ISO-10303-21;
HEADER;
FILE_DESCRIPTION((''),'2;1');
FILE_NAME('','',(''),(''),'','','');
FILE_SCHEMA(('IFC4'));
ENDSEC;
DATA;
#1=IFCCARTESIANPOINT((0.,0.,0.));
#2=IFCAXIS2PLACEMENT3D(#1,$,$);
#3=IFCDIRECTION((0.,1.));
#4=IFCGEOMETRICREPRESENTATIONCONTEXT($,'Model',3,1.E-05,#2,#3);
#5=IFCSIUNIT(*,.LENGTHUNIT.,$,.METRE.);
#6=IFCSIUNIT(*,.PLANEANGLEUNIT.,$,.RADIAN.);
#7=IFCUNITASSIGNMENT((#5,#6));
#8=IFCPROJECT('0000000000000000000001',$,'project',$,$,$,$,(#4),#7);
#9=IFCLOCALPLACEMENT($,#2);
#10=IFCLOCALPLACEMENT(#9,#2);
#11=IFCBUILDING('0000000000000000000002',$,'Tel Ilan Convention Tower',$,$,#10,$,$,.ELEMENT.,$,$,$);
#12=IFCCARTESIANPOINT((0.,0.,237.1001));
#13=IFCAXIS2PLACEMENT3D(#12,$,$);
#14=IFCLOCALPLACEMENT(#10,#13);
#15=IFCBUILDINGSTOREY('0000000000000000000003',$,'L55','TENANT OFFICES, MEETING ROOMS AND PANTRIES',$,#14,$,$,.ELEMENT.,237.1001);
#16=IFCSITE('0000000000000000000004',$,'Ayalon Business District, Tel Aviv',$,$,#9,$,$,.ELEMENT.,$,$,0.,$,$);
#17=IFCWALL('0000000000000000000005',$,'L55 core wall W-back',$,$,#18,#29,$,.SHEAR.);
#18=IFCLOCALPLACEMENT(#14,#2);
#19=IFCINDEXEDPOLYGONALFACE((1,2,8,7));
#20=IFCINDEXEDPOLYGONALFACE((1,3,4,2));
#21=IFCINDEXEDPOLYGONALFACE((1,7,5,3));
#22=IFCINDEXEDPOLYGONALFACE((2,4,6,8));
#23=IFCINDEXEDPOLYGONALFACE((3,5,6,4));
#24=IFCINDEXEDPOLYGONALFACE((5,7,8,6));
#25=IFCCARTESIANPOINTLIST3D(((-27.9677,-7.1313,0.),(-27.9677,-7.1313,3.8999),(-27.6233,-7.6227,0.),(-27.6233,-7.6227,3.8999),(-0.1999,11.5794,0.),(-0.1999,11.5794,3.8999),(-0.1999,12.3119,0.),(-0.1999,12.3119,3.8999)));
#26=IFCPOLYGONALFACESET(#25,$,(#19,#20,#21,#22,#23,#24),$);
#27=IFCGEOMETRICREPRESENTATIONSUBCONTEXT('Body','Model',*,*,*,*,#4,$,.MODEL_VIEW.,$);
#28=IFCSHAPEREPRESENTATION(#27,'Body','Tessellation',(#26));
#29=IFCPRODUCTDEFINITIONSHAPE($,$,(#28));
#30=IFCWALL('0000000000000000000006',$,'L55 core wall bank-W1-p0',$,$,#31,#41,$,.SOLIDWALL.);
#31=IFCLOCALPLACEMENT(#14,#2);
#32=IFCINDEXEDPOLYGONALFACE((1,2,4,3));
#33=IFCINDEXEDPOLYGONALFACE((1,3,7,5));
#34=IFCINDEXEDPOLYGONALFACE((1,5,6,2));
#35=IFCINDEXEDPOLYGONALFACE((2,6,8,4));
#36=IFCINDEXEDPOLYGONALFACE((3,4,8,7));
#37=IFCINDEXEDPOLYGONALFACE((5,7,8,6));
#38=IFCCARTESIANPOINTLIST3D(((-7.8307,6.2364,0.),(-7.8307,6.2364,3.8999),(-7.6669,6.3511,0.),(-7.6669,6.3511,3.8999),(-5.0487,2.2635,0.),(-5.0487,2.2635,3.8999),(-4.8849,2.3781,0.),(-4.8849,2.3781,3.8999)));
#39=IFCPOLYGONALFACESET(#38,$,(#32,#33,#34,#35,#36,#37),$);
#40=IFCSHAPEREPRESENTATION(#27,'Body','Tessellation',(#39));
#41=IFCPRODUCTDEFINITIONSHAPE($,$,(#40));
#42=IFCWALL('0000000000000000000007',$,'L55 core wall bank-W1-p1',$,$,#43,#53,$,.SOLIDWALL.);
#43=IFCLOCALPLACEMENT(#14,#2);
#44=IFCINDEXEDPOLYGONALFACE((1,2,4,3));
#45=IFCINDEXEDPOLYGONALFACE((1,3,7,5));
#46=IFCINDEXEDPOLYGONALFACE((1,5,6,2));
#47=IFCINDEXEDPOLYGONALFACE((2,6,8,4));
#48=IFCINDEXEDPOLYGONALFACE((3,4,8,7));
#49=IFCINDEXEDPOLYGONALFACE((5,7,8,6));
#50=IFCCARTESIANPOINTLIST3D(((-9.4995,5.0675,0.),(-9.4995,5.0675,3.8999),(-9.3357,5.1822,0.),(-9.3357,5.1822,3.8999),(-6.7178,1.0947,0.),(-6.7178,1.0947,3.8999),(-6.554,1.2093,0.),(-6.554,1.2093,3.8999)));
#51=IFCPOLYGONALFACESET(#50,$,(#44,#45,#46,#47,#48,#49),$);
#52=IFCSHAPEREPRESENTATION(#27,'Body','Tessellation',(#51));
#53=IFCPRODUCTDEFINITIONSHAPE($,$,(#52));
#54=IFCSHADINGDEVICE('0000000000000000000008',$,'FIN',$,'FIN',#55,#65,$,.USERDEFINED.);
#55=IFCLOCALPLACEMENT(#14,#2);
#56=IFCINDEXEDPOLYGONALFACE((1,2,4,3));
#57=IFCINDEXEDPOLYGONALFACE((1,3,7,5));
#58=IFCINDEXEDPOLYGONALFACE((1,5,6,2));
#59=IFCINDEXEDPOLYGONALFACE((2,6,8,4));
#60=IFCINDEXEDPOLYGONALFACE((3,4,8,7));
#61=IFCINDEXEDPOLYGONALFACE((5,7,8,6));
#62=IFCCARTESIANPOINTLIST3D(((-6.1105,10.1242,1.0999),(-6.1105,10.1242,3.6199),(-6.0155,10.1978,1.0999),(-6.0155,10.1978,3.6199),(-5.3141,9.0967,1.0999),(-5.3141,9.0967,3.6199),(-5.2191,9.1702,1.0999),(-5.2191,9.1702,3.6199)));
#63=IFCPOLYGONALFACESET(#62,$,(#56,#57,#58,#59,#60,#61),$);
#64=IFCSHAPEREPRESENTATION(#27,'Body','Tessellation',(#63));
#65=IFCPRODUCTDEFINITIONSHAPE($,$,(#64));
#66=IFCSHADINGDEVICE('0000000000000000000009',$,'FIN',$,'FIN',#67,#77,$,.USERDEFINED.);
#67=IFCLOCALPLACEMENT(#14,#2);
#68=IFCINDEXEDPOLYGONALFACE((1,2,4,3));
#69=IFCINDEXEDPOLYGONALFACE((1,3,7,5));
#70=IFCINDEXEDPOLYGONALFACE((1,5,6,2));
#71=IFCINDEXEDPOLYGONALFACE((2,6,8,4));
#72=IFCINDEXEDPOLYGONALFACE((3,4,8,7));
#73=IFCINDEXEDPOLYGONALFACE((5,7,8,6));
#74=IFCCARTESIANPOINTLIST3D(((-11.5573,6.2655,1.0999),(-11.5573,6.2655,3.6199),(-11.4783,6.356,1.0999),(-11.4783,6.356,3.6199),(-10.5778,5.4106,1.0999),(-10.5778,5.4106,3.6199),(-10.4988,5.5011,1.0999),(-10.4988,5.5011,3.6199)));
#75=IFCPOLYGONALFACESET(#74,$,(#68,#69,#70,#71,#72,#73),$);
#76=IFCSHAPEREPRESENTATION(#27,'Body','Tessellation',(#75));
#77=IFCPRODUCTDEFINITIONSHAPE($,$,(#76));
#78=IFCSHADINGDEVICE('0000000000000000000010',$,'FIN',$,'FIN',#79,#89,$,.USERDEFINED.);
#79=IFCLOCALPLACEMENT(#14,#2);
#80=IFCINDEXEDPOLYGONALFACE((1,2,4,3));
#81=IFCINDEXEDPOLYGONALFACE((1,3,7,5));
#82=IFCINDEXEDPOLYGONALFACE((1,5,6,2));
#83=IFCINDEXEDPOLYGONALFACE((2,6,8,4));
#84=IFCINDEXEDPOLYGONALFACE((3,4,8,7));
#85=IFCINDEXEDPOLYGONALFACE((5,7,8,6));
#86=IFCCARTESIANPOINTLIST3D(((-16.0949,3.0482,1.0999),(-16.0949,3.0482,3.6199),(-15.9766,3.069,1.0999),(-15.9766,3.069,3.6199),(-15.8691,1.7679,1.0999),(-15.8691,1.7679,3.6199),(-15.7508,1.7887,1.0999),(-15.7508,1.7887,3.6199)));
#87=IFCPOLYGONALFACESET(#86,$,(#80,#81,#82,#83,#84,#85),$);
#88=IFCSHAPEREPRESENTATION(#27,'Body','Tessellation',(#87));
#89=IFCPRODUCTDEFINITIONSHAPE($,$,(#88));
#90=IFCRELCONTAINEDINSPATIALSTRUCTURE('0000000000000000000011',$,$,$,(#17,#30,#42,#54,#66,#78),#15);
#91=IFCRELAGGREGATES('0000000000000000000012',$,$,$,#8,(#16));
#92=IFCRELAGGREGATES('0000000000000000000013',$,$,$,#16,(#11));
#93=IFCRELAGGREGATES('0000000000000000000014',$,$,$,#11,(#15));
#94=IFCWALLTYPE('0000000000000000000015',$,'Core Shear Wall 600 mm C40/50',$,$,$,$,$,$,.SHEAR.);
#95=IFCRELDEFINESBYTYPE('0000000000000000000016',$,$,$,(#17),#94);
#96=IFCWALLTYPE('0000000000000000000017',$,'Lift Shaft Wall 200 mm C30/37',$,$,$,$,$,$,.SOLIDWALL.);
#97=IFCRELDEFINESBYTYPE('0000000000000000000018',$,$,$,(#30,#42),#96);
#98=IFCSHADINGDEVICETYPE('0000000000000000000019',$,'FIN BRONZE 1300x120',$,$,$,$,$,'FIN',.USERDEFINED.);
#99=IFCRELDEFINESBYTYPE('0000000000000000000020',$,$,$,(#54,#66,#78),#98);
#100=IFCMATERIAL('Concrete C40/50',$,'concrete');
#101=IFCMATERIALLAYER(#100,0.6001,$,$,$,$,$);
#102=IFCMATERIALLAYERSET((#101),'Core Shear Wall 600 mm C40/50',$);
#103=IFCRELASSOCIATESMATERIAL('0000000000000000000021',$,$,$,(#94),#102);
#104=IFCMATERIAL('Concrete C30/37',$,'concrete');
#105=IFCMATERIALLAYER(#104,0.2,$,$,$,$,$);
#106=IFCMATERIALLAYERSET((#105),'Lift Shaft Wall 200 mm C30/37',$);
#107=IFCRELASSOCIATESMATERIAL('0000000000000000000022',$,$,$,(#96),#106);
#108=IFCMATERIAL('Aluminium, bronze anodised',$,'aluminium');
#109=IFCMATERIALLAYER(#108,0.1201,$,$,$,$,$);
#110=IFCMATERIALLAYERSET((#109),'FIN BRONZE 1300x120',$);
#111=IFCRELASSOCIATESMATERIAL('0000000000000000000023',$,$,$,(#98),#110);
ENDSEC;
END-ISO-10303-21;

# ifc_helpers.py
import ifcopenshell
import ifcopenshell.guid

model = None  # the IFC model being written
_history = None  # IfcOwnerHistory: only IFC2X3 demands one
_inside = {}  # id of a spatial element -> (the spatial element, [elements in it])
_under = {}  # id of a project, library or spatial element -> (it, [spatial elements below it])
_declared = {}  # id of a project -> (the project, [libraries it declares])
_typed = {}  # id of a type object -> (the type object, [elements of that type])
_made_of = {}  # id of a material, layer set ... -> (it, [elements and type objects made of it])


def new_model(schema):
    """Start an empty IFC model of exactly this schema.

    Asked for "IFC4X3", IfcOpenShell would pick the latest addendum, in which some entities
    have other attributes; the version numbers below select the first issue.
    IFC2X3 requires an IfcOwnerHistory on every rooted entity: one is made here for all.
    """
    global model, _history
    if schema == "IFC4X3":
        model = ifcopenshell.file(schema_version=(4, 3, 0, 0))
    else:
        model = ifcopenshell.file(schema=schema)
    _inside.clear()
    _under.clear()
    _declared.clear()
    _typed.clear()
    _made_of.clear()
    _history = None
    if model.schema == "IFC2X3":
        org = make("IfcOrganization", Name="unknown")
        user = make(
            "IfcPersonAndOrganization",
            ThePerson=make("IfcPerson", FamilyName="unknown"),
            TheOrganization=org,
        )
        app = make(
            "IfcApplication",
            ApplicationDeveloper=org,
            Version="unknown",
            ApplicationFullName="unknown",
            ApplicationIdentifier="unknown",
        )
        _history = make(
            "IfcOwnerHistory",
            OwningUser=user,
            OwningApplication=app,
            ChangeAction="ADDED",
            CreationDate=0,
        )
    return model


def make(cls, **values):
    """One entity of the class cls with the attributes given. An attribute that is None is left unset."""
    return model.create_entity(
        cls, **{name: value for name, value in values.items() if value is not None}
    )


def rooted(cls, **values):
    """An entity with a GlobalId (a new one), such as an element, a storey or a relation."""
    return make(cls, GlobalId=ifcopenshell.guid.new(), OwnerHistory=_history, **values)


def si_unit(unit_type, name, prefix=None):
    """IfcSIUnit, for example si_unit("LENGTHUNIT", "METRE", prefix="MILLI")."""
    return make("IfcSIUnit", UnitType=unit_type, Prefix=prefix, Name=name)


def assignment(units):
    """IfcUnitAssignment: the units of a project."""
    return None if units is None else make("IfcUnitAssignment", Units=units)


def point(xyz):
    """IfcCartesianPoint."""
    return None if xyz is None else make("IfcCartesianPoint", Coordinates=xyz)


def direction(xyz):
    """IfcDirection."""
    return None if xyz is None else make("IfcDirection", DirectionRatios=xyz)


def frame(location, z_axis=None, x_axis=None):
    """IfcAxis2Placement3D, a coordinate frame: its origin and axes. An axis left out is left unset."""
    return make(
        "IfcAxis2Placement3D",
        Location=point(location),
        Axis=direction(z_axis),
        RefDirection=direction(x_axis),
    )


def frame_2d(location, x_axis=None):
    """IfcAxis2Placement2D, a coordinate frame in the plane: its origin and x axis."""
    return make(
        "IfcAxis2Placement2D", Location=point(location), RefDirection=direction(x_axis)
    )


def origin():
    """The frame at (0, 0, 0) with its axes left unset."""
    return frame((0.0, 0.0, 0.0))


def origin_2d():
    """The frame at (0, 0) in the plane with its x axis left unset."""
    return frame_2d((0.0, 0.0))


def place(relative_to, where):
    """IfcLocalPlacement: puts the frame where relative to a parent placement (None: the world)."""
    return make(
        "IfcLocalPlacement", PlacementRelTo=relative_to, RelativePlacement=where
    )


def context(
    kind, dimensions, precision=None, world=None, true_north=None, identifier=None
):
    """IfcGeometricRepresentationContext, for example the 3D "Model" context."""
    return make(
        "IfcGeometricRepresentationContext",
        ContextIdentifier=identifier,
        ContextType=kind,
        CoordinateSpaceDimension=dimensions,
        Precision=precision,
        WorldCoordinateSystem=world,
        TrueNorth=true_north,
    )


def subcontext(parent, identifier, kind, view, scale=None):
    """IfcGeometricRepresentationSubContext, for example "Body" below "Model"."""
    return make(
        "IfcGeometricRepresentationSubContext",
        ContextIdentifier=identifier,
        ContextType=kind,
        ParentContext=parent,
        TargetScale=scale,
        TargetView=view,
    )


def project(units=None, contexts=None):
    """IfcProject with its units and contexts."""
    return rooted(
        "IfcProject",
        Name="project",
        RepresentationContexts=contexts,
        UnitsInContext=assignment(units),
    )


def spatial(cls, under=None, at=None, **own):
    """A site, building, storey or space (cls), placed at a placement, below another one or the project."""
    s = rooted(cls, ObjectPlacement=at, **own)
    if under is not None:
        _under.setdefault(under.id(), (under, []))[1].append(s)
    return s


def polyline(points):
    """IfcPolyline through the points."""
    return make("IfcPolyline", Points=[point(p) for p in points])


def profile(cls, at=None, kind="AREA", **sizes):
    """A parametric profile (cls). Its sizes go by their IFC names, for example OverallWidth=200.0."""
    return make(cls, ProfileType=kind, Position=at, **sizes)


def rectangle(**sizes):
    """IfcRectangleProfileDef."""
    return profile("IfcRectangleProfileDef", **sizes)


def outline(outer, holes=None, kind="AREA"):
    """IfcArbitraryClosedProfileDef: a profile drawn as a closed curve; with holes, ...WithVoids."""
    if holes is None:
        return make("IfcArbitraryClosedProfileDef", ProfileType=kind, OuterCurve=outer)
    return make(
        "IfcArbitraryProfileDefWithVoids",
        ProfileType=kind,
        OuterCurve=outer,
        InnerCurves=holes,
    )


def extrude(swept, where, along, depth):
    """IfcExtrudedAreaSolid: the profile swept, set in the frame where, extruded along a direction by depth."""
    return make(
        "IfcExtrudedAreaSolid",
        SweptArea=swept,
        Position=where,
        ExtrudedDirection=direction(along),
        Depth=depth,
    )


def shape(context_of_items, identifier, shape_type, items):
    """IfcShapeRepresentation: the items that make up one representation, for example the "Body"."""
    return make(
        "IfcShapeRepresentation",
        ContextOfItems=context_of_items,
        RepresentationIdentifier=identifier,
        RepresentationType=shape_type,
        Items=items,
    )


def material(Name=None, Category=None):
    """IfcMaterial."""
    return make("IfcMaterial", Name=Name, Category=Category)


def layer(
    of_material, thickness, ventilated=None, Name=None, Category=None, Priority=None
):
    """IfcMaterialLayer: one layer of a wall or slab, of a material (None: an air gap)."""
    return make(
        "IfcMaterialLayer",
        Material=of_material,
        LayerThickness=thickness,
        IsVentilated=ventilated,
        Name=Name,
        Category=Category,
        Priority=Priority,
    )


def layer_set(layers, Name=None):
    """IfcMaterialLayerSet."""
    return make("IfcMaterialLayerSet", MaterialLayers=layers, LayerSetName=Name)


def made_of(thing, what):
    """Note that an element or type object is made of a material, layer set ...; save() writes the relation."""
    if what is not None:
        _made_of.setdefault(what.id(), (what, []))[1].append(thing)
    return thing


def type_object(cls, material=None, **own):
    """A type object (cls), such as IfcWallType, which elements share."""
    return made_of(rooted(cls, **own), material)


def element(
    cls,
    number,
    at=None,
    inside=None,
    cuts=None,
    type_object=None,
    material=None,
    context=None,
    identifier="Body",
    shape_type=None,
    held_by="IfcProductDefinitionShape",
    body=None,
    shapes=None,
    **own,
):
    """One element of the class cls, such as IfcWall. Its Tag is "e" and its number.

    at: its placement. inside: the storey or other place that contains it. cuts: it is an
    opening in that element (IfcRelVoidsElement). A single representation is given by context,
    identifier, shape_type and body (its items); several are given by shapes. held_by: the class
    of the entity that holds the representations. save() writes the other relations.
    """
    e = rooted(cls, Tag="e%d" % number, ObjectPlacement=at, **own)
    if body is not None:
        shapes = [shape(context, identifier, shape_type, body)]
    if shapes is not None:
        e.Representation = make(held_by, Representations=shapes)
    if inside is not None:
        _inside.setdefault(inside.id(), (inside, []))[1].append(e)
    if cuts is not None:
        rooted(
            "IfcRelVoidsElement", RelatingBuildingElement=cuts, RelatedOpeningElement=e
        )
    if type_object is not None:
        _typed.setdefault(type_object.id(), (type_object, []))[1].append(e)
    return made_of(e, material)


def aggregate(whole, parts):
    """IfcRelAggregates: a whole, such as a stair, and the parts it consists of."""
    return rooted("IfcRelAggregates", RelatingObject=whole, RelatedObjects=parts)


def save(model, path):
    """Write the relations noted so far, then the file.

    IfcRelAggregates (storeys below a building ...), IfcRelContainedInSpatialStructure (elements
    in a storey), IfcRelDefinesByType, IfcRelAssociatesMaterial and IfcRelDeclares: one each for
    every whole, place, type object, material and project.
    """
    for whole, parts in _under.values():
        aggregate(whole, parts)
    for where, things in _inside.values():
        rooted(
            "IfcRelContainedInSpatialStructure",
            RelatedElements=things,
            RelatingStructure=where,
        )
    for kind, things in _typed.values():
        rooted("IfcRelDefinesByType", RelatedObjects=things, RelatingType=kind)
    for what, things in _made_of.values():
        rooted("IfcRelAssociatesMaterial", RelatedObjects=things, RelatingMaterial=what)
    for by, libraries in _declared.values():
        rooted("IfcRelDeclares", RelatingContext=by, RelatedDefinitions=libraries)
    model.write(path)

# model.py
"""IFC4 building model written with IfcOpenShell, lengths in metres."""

from ifc_helpers import new_model, si_unit, direction, frame, frame_2d, origin, origin_2d, place, context, subcontext, project, spatial, polyline, rectangle, outline, extrude, material, layer, layer_set, type_object, element, save


model = new_model("IFC4")

# Units and contexts
model_context = context("Model", 3, precision=1e-05, world=origin(), true_north=direction((0.0, 1.0)))
body_context = subcontext(model_context, "Body", "Model", "MODEL_VIEW")
ifc_project = project(units=[si_unit("LENGTHUNIT", "METRE"), si_unit("PLANEANGLEUNIT", "RADIAN")], contexts=[model_context])

# Site, building, storey
site_placement = place(None, origin())
site = spatial("IfcSite", under=ifc_project, at=site_placement, Name="Ayalon Business District, Tel Aviv", CompositionType="ELEMENT", RefElevation=0.0)
building_placement = place(site_placement, origin())
building = spatial("IfcBuilding", under=site, at=building_placement, Name="Tel Ilan Convention Tower", CompositionType="ELEMENT")
storey_placement = place(building_placement, frame((0.0, 0.0, 237.1001)))
storey = spatial("IfcBuildingStorey", under=building, at=storey_placement, Name="L55", Description="TENANT OFFICES, MEETING ROOMS AND PANTRIES", CompositionType="ELEMENT", Elevation=237.1001)

# Walls
ifc_material_1 = material(Name="Concrete C40/50", Category="concrete")
ifc_layer_1 = layer(ifc_material_1, 0.6001)
ifc_layer_set_1 = layer_set([ifc_layer_1], Name="Core Shear Wall 600 mm C40/50")
wall_type_1 = type_object("IfcWallType", Name="Core Shear Wall 600 mm C40/50", PredefinedType="SHEAR", material=ifc_layer_set_1)
wall_1_placement = place(storey_placement, frame((-0.0278, 12.0662, 0.0), z_axis=(0.0, 0.0, 1.0), x_axis=(-0.819151, -0.573577, 0.0)))
element("IfcWall", 1, at=wall_1_placement, inside=storey, type_object=wall_type_1, Name="L55 core wall W-back", PredefinedType="SHEAR", context=body_context, shape_type="SweptSolid", body=[
    extrude(outline(polyline([(33.8979, 0.3), (0.4202, 0.3), (0.0, -0.3), (33.8982, -0.3), (33.8979, 0.3)])), origin(), (0.0, 0.0, 1.0), 3.8999),
])
ifc_material_2 = material(Name="Concrete C30/37", Category="concrete")
ifc_layer_2 = layer(ifc_material_2, 0.2)
ifc_layer_set_2 = layer_set([ifc_layer_2], Name="Lift Shaft Wall 200 mm C30/37")
wall_type_2 = type_object("IfcWallType", Name="Lift Shaft Wall 200 mm C30/37", PredefinedType="SOLIDWALL", material=ifc_layer_set_2)
wall_2_placement = place(storey_placement, frame((-4.9668, 2.3208, 0.0), z_axis=(0.0, 0.0, 1.0), x_axis=(-0.573594, 0.81914, 0.0)))
element("IfcWall", 2, at=wall_2_placement, inside=storey, type_object=wall_type_2, Name="L55 core wall bank-W1-p0", PredefinedType="SOLIDWALL", context=body_context, shape_type="SweptSolid", body=[
    extrude(rectangle(XDim=4.8501, YDim=0.2, at=frame_2d((2.425, 0.0))), origin(), (0.0, 0.0, 1.0), 3.8999),
])
wall_3_placement = place(storey_placement, frame((-6.636, 1.1521, 0.0), z_axis=(0.0, 0.0, 1.0), x_axis=(-0.57356, 0.819163, 0.0)))
element("IfcWall", 3, at=wall_3_placement, inside=storey, type_object=wall_type_2, Name="L55 core wall bank-W1-p1", PredefinedType="SOLIDWALL", context=body_context, shape_type="SweptSolid", body=[
    extrude(rectangle(XDim=4.8499, YDim=0.2, at=frame_2d((2.4248, 0.0))), origin(), (0.0, 0.0, 1.0), 3.8999),
])

# Shading devices
ifc_material_3 = material(Name="Aluminium, bronze anodised", Category="aluminium")
ifc_layer_3 = layer(ifc_material_3, 0.1201)
ifc_layer_set_3 = layer_set([ifc_layer_3], Name="FIN BRONZE 1300x120")
shading_device_type = type_object("IfcShadingDeviceType", Name="FIN BRONZE 1300x120", ElementType="FIN", PredefinedType="USERDEFINED", material=ifc_layer_set_3)
for number, where, z_axis, x_axis, name in (
    (4, (-5.6648, 9.6472, 1.0999), (0.0, 0.0, 1.0), (-0.612601, 0.790393, 0.0), "FIN"),
    (5, (-11.0281, 5.8833, 1.0999), (0.0, 0.0, 1.0), (-0.753436, 0.657521, 0.0), "FIN"),
    (6, (-15.9229, 2.4185, 1.0999), (0.0, 0.0, 1.0), (-0.173648, 0.984808, 0.0), "FIN"),
):
    element("IfcShadingDevice", number, at=place(storey_placement, frame(where, z_axis=z_axis, x_axis=x_axis)), inside=storey, type_object=shading_device_type, Name=name, ObjectType="FIN", PredefinedType="USERDEFINED", context=body_context, shape_type="SweptSolid", body=[
        extrude(rectangle(XDim=1.3, YDim=0.1201, at=origin_2d()), origin(), (0.0, 0.0, 1.0), 2.52),
    ])

save(model, "model.ifc")
